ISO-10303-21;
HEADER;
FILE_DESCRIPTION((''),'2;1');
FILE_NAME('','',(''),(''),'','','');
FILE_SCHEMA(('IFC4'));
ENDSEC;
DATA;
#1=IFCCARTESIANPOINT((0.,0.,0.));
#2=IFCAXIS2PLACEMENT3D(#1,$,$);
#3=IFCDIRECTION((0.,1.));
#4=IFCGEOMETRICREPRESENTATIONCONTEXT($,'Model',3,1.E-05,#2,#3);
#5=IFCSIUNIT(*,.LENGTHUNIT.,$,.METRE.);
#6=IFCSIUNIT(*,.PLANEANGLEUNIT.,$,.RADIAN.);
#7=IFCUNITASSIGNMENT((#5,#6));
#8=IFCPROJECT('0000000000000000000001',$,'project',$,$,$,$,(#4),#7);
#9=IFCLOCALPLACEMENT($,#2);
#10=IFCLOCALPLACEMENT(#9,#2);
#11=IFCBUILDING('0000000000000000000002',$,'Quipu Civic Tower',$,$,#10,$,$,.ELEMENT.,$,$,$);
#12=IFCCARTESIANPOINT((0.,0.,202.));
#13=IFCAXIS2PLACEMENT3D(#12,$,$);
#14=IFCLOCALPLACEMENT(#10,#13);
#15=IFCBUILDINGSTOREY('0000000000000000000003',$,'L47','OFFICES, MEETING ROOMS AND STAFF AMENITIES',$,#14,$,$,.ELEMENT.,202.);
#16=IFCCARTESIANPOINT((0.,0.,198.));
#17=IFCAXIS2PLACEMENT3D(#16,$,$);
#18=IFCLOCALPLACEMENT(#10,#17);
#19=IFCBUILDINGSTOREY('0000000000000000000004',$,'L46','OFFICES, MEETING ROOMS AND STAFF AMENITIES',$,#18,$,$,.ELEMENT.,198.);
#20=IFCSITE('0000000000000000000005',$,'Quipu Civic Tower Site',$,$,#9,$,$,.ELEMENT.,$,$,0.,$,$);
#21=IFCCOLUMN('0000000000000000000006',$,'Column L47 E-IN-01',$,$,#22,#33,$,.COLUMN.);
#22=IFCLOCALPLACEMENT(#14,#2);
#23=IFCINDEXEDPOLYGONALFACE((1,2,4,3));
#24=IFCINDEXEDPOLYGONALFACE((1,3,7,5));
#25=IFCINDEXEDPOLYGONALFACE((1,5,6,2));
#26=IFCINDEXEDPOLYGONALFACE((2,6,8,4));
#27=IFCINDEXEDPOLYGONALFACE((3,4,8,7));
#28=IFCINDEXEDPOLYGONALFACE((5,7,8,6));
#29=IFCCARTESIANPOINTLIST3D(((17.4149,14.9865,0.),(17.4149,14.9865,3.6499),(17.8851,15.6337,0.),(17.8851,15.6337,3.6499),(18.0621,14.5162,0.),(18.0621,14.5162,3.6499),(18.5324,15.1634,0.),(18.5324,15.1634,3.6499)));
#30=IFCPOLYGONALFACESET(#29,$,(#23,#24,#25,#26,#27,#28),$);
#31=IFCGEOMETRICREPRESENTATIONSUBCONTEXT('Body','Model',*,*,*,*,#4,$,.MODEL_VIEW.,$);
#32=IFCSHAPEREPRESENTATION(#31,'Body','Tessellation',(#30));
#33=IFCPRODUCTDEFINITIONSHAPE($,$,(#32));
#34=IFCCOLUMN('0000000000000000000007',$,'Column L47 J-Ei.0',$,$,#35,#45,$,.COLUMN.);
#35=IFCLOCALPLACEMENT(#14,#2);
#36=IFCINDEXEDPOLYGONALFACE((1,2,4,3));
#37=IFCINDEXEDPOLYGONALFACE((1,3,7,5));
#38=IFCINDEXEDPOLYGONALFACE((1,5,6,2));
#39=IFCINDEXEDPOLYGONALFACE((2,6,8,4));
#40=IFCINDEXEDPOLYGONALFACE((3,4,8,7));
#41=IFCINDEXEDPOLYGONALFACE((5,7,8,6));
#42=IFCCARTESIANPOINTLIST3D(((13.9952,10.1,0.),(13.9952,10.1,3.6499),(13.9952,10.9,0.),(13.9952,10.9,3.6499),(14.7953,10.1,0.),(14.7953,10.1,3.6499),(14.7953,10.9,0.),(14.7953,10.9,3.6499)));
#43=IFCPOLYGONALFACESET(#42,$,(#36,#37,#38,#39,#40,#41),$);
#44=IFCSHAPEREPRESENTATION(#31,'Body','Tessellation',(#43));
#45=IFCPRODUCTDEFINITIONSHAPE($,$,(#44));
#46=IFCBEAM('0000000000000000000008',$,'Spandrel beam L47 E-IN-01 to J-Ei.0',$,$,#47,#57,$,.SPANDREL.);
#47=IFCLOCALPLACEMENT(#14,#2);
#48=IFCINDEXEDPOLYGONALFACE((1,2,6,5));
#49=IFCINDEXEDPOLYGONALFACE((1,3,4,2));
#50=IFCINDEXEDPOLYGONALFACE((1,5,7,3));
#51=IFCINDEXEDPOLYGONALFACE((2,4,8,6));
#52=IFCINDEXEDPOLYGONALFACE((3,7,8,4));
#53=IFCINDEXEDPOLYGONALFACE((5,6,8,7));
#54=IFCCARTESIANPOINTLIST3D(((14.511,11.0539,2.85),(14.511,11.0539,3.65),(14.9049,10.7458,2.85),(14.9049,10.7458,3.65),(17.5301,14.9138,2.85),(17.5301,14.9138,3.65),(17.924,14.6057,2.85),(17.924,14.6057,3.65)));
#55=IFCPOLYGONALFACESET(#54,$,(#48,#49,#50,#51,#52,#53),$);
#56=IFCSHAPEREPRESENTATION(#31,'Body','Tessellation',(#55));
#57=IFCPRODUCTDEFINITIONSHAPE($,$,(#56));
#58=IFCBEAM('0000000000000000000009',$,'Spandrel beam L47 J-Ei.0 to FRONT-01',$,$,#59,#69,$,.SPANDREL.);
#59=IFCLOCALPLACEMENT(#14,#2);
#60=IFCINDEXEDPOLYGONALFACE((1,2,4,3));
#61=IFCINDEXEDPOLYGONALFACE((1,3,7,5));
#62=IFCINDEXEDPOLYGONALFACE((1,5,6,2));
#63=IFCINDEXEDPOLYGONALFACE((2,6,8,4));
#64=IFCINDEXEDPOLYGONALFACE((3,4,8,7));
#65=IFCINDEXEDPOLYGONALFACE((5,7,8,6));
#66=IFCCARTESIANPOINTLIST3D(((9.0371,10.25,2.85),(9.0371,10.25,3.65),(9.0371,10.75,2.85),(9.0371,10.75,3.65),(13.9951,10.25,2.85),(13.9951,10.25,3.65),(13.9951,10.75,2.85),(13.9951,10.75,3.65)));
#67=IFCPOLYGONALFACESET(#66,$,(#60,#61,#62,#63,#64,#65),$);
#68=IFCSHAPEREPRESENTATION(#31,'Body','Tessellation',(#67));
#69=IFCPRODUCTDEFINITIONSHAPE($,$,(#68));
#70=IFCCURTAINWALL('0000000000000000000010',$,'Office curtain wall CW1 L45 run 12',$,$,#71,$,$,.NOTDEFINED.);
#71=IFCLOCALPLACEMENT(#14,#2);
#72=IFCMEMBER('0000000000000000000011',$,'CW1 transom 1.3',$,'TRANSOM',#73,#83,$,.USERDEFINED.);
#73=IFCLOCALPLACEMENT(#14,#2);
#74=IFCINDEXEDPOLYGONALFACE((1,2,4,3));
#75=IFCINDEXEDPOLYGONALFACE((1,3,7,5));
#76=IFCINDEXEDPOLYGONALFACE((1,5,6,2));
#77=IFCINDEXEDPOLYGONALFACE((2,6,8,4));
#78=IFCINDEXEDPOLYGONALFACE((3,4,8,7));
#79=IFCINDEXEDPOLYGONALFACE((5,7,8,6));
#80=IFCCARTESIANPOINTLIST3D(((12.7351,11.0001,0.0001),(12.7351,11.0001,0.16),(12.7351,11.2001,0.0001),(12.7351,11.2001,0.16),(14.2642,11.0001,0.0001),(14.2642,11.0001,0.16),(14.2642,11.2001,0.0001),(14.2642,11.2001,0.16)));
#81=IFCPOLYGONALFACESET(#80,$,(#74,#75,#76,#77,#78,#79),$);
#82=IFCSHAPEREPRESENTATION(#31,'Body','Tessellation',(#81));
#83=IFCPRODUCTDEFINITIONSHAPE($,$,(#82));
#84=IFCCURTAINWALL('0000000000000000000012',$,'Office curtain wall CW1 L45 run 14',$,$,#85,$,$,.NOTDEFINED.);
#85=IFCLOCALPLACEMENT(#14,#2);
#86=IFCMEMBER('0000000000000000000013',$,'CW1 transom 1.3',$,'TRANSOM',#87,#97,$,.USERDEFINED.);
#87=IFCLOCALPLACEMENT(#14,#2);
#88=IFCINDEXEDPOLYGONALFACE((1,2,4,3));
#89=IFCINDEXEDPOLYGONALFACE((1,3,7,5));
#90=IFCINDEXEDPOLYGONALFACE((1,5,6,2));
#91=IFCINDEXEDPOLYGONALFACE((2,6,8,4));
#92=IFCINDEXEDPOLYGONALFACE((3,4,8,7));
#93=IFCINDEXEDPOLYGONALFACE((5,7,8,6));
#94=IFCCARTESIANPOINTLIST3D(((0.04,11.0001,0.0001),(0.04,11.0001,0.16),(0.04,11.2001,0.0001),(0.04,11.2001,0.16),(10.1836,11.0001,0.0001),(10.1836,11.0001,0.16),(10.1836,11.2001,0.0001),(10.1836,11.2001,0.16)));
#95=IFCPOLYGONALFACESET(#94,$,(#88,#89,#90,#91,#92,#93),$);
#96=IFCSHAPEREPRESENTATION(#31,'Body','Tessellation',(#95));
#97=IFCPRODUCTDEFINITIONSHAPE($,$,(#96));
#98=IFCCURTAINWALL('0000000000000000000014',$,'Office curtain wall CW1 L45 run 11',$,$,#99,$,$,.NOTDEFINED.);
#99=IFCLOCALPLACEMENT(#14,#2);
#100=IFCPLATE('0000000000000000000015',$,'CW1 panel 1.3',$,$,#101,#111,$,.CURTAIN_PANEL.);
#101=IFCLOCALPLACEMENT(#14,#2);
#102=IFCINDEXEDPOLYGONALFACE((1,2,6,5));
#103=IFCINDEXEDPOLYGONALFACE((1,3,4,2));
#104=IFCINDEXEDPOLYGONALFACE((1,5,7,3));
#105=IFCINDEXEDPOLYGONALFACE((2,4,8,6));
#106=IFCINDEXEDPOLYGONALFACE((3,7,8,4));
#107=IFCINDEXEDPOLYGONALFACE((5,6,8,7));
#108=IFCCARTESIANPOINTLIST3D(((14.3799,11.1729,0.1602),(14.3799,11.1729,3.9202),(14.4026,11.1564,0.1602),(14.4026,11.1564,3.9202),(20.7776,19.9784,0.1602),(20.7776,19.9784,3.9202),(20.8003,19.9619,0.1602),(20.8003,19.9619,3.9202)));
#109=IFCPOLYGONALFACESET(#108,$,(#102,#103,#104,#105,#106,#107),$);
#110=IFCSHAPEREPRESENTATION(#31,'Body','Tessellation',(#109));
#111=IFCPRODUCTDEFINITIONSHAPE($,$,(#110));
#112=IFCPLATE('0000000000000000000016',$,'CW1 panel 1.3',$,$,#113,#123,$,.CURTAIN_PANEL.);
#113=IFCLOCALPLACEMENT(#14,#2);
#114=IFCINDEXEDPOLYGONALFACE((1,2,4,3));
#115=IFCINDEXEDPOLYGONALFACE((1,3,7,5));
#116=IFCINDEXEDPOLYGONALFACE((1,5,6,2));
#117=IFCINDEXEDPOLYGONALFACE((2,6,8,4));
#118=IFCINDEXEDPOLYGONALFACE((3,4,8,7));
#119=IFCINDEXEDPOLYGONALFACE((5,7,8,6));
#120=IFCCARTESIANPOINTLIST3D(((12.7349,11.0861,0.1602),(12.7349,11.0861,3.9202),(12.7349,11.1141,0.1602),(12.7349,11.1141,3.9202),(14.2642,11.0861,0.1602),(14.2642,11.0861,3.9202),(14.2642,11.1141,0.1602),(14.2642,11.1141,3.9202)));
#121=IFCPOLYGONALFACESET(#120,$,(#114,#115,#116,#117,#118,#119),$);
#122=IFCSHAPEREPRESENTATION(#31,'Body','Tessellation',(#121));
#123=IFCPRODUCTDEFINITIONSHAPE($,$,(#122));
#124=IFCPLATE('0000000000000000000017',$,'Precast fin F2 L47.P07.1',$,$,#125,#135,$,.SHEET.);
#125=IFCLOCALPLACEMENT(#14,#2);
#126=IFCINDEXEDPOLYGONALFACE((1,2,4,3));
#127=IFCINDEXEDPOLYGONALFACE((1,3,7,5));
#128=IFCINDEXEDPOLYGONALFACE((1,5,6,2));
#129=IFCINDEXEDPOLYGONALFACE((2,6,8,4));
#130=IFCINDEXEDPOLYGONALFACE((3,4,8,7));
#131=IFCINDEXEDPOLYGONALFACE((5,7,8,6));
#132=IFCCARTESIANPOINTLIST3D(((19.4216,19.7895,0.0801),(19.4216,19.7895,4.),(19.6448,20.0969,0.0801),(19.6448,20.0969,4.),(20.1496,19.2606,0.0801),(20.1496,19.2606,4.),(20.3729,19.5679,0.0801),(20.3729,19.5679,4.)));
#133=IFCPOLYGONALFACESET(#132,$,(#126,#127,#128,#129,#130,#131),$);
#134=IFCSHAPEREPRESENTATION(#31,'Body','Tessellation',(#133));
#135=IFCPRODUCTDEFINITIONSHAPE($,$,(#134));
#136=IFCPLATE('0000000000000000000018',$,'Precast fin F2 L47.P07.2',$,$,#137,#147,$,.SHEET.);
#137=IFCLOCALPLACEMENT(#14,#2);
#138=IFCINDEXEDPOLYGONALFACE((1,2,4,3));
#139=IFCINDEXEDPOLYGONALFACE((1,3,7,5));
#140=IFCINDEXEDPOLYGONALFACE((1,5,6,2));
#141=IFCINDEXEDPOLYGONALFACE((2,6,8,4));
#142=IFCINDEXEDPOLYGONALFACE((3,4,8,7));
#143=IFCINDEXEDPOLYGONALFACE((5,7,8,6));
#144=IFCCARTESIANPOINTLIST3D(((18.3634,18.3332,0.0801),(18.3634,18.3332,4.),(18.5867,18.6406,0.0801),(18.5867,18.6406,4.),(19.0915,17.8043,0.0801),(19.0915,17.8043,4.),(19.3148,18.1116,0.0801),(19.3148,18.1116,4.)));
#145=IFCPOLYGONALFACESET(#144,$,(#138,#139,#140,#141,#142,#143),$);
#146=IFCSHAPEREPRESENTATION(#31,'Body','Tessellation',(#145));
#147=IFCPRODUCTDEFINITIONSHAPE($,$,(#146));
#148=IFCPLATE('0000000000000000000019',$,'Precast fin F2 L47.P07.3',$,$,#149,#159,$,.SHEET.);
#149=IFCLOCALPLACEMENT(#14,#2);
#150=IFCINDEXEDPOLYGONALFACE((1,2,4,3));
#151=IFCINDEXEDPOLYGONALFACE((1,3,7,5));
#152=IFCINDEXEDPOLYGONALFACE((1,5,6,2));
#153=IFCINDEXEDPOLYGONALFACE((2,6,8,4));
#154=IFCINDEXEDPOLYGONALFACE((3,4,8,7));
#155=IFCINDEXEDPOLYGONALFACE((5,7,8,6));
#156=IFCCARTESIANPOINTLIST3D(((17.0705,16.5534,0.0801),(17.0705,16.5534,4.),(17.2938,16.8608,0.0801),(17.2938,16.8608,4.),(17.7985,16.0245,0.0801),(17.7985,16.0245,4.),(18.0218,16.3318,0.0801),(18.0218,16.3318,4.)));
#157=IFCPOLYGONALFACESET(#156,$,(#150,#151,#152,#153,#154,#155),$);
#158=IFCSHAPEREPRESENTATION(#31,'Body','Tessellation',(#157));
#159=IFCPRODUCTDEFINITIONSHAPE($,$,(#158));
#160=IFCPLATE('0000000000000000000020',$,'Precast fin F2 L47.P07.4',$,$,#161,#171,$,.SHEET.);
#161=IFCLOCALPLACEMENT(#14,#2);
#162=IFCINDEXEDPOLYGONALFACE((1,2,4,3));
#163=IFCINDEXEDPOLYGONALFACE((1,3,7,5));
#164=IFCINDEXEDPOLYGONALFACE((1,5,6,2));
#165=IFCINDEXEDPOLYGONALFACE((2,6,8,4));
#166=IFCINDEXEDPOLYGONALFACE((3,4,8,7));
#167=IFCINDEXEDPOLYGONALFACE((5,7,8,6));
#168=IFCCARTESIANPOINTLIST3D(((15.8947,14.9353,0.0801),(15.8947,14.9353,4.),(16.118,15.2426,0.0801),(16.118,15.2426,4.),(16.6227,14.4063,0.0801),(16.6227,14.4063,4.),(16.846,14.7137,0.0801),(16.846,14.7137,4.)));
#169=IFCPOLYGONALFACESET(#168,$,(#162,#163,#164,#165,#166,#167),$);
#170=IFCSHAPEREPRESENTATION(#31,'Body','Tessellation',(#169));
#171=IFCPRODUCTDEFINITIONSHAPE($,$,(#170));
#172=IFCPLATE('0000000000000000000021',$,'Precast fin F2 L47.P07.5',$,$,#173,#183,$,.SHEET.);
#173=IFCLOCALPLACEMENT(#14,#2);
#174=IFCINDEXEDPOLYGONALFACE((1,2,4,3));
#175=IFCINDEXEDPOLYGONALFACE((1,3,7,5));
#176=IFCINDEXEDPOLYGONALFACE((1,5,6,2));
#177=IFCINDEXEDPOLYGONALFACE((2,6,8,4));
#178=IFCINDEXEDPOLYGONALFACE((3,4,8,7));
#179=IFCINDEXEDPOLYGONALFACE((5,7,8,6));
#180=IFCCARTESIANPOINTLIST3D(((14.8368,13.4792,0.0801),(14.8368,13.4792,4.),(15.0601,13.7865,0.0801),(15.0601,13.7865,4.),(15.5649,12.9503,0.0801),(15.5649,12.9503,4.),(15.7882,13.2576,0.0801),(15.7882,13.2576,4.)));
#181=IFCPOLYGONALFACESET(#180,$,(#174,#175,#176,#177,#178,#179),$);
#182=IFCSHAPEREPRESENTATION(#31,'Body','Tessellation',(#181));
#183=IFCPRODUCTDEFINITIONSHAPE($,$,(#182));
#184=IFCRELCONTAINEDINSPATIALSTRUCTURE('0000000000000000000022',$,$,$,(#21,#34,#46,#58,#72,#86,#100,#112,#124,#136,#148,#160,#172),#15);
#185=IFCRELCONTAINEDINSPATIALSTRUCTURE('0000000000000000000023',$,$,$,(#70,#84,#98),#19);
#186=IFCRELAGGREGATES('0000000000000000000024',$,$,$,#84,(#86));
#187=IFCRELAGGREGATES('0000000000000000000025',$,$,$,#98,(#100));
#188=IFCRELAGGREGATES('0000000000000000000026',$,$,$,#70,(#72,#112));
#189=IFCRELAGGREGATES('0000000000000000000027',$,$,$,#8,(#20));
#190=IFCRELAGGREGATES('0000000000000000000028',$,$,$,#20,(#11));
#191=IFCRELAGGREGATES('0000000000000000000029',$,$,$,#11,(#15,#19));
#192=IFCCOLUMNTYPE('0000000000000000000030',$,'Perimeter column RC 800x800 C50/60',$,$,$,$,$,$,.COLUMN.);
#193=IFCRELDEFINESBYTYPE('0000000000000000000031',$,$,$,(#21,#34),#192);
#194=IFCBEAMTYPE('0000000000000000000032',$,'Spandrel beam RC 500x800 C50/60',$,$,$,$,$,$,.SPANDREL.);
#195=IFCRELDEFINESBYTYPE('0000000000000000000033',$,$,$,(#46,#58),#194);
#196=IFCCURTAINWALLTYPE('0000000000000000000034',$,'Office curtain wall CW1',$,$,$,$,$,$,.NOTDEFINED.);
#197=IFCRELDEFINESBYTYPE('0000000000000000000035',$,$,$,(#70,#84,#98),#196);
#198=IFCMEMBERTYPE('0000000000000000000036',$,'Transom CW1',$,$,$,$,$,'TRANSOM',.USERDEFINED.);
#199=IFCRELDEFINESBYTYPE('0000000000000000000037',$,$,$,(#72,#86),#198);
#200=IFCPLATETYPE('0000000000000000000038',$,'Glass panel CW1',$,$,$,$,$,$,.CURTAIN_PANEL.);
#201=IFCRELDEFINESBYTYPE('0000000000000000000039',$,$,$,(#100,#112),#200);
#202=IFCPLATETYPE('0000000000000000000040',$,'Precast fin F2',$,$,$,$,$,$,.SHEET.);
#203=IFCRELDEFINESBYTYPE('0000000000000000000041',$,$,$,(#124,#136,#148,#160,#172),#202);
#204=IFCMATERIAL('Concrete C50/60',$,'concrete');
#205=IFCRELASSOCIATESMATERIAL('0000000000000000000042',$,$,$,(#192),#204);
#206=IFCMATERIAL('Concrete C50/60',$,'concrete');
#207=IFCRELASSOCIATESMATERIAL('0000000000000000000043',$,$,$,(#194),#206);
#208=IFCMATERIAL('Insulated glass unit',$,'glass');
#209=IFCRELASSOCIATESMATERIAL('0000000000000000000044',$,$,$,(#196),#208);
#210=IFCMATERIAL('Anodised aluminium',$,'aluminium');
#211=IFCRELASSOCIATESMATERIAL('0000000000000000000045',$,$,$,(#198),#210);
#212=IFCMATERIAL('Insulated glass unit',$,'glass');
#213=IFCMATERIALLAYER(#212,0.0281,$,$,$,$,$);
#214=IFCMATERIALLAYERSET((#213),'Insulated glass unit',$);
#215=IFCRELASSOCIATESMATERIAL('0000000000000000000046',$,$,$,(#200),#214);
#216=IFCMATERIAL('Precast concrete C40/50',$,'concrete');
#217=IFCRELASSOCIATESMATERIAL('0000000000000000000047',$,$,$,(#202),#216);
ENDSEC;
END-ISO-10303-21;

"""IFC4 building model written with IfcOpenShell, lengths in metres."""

from ifc_helpers import new_model, si_unit, direction, frame, origin, origin_2d, place, context, subcontext, project, spatial, rectangle, extrude, material, layer, layer_set, material_profile, profile_set, type_object, element, aggregate, save


model = new_model("IFC4")

# Units and contexts
model_context = context("Model", 3, precision=1e-05, world=origin(), true_north=direction((0.0, 1.0)))
body_context = subcontext(model_context, "Body", "Model", "MODEL_VIEW")
ifc_project = project(units=[si_unit("LENGTHUNIT", "METRE"), si_unit("PLANEANGLEUNIT", "RADIAN")], contexts=[model_context])

# Site, building, storey
site_placement = place(None, origin())
site = spatial("IfcSite", under=ifc_project, at=site_placement, Name="Quipu Civic Tower Site", CompositionType="ELEMENT", RefElevation=0.0)
building_placement = place(site_placement, origin())
building = spatial("IfcBuilding", under=site, at=building_placement, Name="Quipu Civic Tower", CompositionType="ELEMENT")
storey_1_placement = place(building_placement, frame((0.0, 0.0, 202.0)))
storey_1 = spatial("IfcBuildingStorey", under=building, at=storey_1_placement, Name="L47", Description="OFFICES, MEETING ROOMS AND STAFF AMENITIES", CompositionType="ELEMENT", Elevation=202.0)

# Columns
ifc_material_1 = material(Name="Concrete C50/60", Category="concrete")
ifc_material_profile_1 = material_profile(ifc_material_1, rectangle(XDim=0.8, YDim=0.8, at=origin_2d()), Name="RC800x800")
ifc_profile_set_1 = profile_set([ifc_material_profile_1], Name="Concrete C50/60")
column_type = type_object("IfcColumnType", Name="Perimeter column RC 800x800 C50/60", PredefinedType="COLUMN", material=ifc_profile_set_1)
for number, where, z_axis, x_axis, name in (
    (1, (17.9736, 15.075, 0.0), (0.0, 0.0, 1.0), (-0.587785, -0.809017, 0.0), "Column L47 E-IN-01"),
    (2, (14.3953, 10.5, 0.0), (0.0, 0.0, 1.0), (-1.0, 0.0, 0.0), "Column L47 J-Ei.0"),
):
    element("IfcColumn", number, at=place(storey_1_placement, frame(where, z_axis=z_axis, x_axis=x_axis)), inside=storey_1, type_object=column_type, Name=name, PredefinedType="COLUMN", context=body_context, shape_type="SweptSolid", body=[
        extrude(rectangle(XDim=0.8, YDim=0.8, at=origin_2d()), origin(), (0.0, 0.0, 1.0), 3.6499),
    ])

# Beams
ifc_material_2 = material(Name="Concrete C50/60", Category="concrete")
ifc_material_profile_2 = material_profile(ifc_material_2, rectangle(XDim=0.5, YDim=0.8, at=origin_2d()), Name="RC500x800")
ifc_profile_set_2 = profile_set([ifc_material_profile_2], Name="Concrete C50/60")
beam_type = type_object("IfcBeamType", Name="Spandrel beam RC 500x800 C50/60", PredefinedType="SPANDREL", material=ifc_profile_set_2)
beam_1_placement = place(storey_1_placement, frame((17.7271, 14.7598, 3.25), z_axis=(-0.616091, -0.787675, 0.0), x_axis=(0.787675, -0.616091, 0.0)))
element("IfcBeam", 3, at=beam_1_placement, inside=storey_1, type_object=beam_type, Name="Spandrel beam L47 E-IN-01 to J-Ei.0", PredefinedType="SPANDREL", context=body_context, shape_type="SweptSolid", body=[
    extrude(rectangle(XDim=0.5, YDim=0.8, at=origin_2d()), origin(), (0.0, 0.0, 1.0), 4.9004),
])
beam_2_placement = place(storey_1_placement, frame((13.9951, 10.5, 3.25), z_axis=(-1.0, 0.0, 0.0), x_axis=(0.0, -1.0, 0.0)))
element("IfcBeam", 4, at=beam_2_placement, inside=storey_1, type_object=beam_type, Name="Spandrel beam L47 J-Ei.0 to FRONT-01", PredefinedType="SPANDREL", context=body_context, shape_type="SweptSolid", body=[
    extrude(rectangle(XDim=0.5, YDim=0.8, at=origin_2d()), origin(), (0.0, 0.0, 1.0), 4.958),
])

# Shared definitions
storey_2_placement = place(building_placement, frame((0.0, 0.0, 198.0)))
storey_2 = spatial("IfcBuildingStorey", under=building, at=storey_2_placement, Name="L46", Description="OFFICES, MEETING ROOMS AND STAFF AMENITIES", CompositionType="ELEMENT", Elevation=198.0)

# Curtain walls, members
ifc_material_3 = material(Name="Insulated glass unit", Category="glass")
curtain_wall_type = type_object("IfcCurtainWallType", Name="Office curtain wall CW1", PredefinedType="NOTDEFINED", material=ifc_material_3)
curtain_wall_1_placement = place(storey_2_placement, origin())
curtain_wall_1 = element("IfcCurtainWall", 5, at=curtain_wall_1_placement, inside=storey_2, type_object=curtain_wall_type, Name="Office curtain wall CW1 L45 run 12", PredefinedType="NOTDEFINED")
ifc_material_4 = material(Name="Anodised aluminium", Category="aluminium")
ifc_material_profile_3 = material_profile(ifc_material_4, rectangle(XDim=0.2, YDim=0.1599, at=origin_2d()), Name="RECT 200x160")
ifc_profile_set_3 = profile_set([ifc_material_profile_3], Name="Anodised aluminium")
member_type = type_object("IfcMemberType", Name="Transom CW1", ElementType="TRANSOM", PredefinedType="USERDEFINED", material=ifc_profile_set_3)
member_1_placement = place(storey_1_placement, frame((14.2642, 11.1001, 0.0801), z_axis=(-1.0, 0.0, 0.0), x_axis=(0.0, -1.0, 0.0)))
member_1 = element("IfcMember", 6, at=member_1_placement, inside=storey_1, type_object=member_type, Name="CW1 transom 1.3", ObjectType="TRANSOM", PredefinedType="USERDEFINED", context=body_context, shape_type="SweptSolid", body=[
    extrude(rectangle(XDim=0.2, YDim=0.1599, at=origin_2d()), origin(), (0.0, 0.0, 1.0), 1.5291),
])
curtain_wall_2_placement = place(storey_2_placement, origin())
curtain_wall_2 = element("IfcCurtainWall", 7, at=curtain_wall_2_placement, inside=storey_2, type_object=curtain_wall_type, Name="Office curtain wall CW1 L45 run 14", PredefinedType="NOTDEFINED")
member_2_placement = place(storey_1_placement, frame((10.1836, 11.1001, 0.0801), z_axis=(-1.0, 0.0, 0.0), x_axis=(0.0, -1.0, 0.0)))
member_2 = element("IfcMember", 8, at=member_2_placement, inside=storey_1, type_object=member_type, Name="CW1 transom 1.3", ObjectType="TRANSOM", PredefinedType="USERDEFINED", context=body_context, shape_type="SweptSolid", body=[
    extrude(rectangle(XDim=0.2, YDim=0.1599, at=origin_2d()), origin(), (0.0, 0.0, 1.0), 10.1436),
])
aggregate(curtain_wall_2, [member_2])

# Curtain wall, plate
curtain_wall_3_placement = place(storey_2_placement, origin())
curtain_wall_3 = element("IfcCurtainWall", 9, at=curtain_wall_3_placement, inside=storey_2, type_object=curtain_wall_type, Name="Office curtain wall CW1 L45 run 11", PredefinedType="NOTDEFINED")
ifc_material_5 = material(Name="Insulated glass unit", Category="glass")
ifc_layer_1 = layer(ifc_material_5, 0.0281)
ifc_layer_set_1 = layer_set([ifc_layer_1], Name="Insulated glass unit")
plate_type_1 = type_object("IfcPlateType", Name="Glass panel CW1", PredefinedType="CURTAIN_PANEL", material=ifc_layer_set_1)
plate_1_placement = place(storey_1_placement, frame((17.5901, 15.5674, 0.1602), z_axis=(0.0, 0.0, 1.0), x_axis=(-0.587788, -0.809015, 0.0)))
plate_1 = element("IfcPlate", 10, at=plate_1_placement, inside=storey_1, type_object=plate_type_1, Name="CW1 panel 1.3", PredefinedType="CURTAIN_PANEL", context=body_context, shape_type="SweptSolid", body=[
    extrude(rectangle(XDim=10.8843, YDim=0.0281, at=origin_2d()), origin(), (0.0, 0.0, 1.0), 3.76),
])
aggregate(curtain_wall_3, [plate_1])

# Plate
plate_2_placement = place(storey_1_placement, frame((13.4995, 11.1001, 0.1602), z_axis=(0.0, 0.0, 1.0), x_axis=(-1.0, 0.0, 0.0)))
plate_2 = element("IfcPlate", 11, at=plate_2_placement, inside=storey_1, type_object=plate_type_1, Name="CW1 panel 1.3", PredefinedType="CURTAIN_PANEL", context=body_context, shape_type="SweptSolid", body=[
    extrude(rectangle(XDim=1.5293, YDim=0.0281, at=origin_2d()), origin(), (0.0, 0.0, 1.0), 3.76),
])
aggregate(curtain_wall_1, [member_1, plate_2])

# Plates
ifc_material_6 = material(Name="Precast concrete C40/50", Category="concrete")
plate_type_2 = type_object("IfcPlateType", Name="Precast fin F2", PredefinedType="SHEET", material=ifc_material_6)
for number, where, z_axis, x_axis, name in (
    (12, (19.8972, 19.6787, 0.0801), (0.0, 0.0, 1.0), (-0.587784, -0.809018, 0.0), "Precast fin F2 L47.P07.1"),
    (13, (18.8391, 18.2224, 0.0801), (0.0, 0.0, 1.0), (-0.587784, -0.809018, 0.0), "Precast fin F2 L47.P07.2"),
    (14, (17.5461, 16.4426, 0.0801), (0.0, 0.0, 1.0), (-0.587784, -0.809018, 0.0), "Precast fin F2 L47.P07.3"),
    (15, (16.3704, 14.8245, 0.0801), (0.0, 0.0, 1.0), (-0.587784, -0.809018, 0.0), "Precast fin F2 L47.P07.4"),
    (16, (15.3125, 13.3684, 0.0801), (0.0, 0.0, 1.0), (-0.587784, -0.809018, 0.0), "Precast fin F2 L47.P07.5"),
):
    element("IfcPlate", number, at=place(storey_1_placement, frame(where, z_axis=z_axis, x_axis=x_axis)), inside=storey_1, type_object=plate_type_2, Name=name, PredefinedType="SHEET", context=body_context, shape_type="SweptSolid", body=[
        extrude(rectangle(XDim=0.3799, YDim=0.8999, at=origin_2d()), origin(), (0.0, 0.0, 1.0), 3.9199),
    ])

save(model, "model.ifc")
